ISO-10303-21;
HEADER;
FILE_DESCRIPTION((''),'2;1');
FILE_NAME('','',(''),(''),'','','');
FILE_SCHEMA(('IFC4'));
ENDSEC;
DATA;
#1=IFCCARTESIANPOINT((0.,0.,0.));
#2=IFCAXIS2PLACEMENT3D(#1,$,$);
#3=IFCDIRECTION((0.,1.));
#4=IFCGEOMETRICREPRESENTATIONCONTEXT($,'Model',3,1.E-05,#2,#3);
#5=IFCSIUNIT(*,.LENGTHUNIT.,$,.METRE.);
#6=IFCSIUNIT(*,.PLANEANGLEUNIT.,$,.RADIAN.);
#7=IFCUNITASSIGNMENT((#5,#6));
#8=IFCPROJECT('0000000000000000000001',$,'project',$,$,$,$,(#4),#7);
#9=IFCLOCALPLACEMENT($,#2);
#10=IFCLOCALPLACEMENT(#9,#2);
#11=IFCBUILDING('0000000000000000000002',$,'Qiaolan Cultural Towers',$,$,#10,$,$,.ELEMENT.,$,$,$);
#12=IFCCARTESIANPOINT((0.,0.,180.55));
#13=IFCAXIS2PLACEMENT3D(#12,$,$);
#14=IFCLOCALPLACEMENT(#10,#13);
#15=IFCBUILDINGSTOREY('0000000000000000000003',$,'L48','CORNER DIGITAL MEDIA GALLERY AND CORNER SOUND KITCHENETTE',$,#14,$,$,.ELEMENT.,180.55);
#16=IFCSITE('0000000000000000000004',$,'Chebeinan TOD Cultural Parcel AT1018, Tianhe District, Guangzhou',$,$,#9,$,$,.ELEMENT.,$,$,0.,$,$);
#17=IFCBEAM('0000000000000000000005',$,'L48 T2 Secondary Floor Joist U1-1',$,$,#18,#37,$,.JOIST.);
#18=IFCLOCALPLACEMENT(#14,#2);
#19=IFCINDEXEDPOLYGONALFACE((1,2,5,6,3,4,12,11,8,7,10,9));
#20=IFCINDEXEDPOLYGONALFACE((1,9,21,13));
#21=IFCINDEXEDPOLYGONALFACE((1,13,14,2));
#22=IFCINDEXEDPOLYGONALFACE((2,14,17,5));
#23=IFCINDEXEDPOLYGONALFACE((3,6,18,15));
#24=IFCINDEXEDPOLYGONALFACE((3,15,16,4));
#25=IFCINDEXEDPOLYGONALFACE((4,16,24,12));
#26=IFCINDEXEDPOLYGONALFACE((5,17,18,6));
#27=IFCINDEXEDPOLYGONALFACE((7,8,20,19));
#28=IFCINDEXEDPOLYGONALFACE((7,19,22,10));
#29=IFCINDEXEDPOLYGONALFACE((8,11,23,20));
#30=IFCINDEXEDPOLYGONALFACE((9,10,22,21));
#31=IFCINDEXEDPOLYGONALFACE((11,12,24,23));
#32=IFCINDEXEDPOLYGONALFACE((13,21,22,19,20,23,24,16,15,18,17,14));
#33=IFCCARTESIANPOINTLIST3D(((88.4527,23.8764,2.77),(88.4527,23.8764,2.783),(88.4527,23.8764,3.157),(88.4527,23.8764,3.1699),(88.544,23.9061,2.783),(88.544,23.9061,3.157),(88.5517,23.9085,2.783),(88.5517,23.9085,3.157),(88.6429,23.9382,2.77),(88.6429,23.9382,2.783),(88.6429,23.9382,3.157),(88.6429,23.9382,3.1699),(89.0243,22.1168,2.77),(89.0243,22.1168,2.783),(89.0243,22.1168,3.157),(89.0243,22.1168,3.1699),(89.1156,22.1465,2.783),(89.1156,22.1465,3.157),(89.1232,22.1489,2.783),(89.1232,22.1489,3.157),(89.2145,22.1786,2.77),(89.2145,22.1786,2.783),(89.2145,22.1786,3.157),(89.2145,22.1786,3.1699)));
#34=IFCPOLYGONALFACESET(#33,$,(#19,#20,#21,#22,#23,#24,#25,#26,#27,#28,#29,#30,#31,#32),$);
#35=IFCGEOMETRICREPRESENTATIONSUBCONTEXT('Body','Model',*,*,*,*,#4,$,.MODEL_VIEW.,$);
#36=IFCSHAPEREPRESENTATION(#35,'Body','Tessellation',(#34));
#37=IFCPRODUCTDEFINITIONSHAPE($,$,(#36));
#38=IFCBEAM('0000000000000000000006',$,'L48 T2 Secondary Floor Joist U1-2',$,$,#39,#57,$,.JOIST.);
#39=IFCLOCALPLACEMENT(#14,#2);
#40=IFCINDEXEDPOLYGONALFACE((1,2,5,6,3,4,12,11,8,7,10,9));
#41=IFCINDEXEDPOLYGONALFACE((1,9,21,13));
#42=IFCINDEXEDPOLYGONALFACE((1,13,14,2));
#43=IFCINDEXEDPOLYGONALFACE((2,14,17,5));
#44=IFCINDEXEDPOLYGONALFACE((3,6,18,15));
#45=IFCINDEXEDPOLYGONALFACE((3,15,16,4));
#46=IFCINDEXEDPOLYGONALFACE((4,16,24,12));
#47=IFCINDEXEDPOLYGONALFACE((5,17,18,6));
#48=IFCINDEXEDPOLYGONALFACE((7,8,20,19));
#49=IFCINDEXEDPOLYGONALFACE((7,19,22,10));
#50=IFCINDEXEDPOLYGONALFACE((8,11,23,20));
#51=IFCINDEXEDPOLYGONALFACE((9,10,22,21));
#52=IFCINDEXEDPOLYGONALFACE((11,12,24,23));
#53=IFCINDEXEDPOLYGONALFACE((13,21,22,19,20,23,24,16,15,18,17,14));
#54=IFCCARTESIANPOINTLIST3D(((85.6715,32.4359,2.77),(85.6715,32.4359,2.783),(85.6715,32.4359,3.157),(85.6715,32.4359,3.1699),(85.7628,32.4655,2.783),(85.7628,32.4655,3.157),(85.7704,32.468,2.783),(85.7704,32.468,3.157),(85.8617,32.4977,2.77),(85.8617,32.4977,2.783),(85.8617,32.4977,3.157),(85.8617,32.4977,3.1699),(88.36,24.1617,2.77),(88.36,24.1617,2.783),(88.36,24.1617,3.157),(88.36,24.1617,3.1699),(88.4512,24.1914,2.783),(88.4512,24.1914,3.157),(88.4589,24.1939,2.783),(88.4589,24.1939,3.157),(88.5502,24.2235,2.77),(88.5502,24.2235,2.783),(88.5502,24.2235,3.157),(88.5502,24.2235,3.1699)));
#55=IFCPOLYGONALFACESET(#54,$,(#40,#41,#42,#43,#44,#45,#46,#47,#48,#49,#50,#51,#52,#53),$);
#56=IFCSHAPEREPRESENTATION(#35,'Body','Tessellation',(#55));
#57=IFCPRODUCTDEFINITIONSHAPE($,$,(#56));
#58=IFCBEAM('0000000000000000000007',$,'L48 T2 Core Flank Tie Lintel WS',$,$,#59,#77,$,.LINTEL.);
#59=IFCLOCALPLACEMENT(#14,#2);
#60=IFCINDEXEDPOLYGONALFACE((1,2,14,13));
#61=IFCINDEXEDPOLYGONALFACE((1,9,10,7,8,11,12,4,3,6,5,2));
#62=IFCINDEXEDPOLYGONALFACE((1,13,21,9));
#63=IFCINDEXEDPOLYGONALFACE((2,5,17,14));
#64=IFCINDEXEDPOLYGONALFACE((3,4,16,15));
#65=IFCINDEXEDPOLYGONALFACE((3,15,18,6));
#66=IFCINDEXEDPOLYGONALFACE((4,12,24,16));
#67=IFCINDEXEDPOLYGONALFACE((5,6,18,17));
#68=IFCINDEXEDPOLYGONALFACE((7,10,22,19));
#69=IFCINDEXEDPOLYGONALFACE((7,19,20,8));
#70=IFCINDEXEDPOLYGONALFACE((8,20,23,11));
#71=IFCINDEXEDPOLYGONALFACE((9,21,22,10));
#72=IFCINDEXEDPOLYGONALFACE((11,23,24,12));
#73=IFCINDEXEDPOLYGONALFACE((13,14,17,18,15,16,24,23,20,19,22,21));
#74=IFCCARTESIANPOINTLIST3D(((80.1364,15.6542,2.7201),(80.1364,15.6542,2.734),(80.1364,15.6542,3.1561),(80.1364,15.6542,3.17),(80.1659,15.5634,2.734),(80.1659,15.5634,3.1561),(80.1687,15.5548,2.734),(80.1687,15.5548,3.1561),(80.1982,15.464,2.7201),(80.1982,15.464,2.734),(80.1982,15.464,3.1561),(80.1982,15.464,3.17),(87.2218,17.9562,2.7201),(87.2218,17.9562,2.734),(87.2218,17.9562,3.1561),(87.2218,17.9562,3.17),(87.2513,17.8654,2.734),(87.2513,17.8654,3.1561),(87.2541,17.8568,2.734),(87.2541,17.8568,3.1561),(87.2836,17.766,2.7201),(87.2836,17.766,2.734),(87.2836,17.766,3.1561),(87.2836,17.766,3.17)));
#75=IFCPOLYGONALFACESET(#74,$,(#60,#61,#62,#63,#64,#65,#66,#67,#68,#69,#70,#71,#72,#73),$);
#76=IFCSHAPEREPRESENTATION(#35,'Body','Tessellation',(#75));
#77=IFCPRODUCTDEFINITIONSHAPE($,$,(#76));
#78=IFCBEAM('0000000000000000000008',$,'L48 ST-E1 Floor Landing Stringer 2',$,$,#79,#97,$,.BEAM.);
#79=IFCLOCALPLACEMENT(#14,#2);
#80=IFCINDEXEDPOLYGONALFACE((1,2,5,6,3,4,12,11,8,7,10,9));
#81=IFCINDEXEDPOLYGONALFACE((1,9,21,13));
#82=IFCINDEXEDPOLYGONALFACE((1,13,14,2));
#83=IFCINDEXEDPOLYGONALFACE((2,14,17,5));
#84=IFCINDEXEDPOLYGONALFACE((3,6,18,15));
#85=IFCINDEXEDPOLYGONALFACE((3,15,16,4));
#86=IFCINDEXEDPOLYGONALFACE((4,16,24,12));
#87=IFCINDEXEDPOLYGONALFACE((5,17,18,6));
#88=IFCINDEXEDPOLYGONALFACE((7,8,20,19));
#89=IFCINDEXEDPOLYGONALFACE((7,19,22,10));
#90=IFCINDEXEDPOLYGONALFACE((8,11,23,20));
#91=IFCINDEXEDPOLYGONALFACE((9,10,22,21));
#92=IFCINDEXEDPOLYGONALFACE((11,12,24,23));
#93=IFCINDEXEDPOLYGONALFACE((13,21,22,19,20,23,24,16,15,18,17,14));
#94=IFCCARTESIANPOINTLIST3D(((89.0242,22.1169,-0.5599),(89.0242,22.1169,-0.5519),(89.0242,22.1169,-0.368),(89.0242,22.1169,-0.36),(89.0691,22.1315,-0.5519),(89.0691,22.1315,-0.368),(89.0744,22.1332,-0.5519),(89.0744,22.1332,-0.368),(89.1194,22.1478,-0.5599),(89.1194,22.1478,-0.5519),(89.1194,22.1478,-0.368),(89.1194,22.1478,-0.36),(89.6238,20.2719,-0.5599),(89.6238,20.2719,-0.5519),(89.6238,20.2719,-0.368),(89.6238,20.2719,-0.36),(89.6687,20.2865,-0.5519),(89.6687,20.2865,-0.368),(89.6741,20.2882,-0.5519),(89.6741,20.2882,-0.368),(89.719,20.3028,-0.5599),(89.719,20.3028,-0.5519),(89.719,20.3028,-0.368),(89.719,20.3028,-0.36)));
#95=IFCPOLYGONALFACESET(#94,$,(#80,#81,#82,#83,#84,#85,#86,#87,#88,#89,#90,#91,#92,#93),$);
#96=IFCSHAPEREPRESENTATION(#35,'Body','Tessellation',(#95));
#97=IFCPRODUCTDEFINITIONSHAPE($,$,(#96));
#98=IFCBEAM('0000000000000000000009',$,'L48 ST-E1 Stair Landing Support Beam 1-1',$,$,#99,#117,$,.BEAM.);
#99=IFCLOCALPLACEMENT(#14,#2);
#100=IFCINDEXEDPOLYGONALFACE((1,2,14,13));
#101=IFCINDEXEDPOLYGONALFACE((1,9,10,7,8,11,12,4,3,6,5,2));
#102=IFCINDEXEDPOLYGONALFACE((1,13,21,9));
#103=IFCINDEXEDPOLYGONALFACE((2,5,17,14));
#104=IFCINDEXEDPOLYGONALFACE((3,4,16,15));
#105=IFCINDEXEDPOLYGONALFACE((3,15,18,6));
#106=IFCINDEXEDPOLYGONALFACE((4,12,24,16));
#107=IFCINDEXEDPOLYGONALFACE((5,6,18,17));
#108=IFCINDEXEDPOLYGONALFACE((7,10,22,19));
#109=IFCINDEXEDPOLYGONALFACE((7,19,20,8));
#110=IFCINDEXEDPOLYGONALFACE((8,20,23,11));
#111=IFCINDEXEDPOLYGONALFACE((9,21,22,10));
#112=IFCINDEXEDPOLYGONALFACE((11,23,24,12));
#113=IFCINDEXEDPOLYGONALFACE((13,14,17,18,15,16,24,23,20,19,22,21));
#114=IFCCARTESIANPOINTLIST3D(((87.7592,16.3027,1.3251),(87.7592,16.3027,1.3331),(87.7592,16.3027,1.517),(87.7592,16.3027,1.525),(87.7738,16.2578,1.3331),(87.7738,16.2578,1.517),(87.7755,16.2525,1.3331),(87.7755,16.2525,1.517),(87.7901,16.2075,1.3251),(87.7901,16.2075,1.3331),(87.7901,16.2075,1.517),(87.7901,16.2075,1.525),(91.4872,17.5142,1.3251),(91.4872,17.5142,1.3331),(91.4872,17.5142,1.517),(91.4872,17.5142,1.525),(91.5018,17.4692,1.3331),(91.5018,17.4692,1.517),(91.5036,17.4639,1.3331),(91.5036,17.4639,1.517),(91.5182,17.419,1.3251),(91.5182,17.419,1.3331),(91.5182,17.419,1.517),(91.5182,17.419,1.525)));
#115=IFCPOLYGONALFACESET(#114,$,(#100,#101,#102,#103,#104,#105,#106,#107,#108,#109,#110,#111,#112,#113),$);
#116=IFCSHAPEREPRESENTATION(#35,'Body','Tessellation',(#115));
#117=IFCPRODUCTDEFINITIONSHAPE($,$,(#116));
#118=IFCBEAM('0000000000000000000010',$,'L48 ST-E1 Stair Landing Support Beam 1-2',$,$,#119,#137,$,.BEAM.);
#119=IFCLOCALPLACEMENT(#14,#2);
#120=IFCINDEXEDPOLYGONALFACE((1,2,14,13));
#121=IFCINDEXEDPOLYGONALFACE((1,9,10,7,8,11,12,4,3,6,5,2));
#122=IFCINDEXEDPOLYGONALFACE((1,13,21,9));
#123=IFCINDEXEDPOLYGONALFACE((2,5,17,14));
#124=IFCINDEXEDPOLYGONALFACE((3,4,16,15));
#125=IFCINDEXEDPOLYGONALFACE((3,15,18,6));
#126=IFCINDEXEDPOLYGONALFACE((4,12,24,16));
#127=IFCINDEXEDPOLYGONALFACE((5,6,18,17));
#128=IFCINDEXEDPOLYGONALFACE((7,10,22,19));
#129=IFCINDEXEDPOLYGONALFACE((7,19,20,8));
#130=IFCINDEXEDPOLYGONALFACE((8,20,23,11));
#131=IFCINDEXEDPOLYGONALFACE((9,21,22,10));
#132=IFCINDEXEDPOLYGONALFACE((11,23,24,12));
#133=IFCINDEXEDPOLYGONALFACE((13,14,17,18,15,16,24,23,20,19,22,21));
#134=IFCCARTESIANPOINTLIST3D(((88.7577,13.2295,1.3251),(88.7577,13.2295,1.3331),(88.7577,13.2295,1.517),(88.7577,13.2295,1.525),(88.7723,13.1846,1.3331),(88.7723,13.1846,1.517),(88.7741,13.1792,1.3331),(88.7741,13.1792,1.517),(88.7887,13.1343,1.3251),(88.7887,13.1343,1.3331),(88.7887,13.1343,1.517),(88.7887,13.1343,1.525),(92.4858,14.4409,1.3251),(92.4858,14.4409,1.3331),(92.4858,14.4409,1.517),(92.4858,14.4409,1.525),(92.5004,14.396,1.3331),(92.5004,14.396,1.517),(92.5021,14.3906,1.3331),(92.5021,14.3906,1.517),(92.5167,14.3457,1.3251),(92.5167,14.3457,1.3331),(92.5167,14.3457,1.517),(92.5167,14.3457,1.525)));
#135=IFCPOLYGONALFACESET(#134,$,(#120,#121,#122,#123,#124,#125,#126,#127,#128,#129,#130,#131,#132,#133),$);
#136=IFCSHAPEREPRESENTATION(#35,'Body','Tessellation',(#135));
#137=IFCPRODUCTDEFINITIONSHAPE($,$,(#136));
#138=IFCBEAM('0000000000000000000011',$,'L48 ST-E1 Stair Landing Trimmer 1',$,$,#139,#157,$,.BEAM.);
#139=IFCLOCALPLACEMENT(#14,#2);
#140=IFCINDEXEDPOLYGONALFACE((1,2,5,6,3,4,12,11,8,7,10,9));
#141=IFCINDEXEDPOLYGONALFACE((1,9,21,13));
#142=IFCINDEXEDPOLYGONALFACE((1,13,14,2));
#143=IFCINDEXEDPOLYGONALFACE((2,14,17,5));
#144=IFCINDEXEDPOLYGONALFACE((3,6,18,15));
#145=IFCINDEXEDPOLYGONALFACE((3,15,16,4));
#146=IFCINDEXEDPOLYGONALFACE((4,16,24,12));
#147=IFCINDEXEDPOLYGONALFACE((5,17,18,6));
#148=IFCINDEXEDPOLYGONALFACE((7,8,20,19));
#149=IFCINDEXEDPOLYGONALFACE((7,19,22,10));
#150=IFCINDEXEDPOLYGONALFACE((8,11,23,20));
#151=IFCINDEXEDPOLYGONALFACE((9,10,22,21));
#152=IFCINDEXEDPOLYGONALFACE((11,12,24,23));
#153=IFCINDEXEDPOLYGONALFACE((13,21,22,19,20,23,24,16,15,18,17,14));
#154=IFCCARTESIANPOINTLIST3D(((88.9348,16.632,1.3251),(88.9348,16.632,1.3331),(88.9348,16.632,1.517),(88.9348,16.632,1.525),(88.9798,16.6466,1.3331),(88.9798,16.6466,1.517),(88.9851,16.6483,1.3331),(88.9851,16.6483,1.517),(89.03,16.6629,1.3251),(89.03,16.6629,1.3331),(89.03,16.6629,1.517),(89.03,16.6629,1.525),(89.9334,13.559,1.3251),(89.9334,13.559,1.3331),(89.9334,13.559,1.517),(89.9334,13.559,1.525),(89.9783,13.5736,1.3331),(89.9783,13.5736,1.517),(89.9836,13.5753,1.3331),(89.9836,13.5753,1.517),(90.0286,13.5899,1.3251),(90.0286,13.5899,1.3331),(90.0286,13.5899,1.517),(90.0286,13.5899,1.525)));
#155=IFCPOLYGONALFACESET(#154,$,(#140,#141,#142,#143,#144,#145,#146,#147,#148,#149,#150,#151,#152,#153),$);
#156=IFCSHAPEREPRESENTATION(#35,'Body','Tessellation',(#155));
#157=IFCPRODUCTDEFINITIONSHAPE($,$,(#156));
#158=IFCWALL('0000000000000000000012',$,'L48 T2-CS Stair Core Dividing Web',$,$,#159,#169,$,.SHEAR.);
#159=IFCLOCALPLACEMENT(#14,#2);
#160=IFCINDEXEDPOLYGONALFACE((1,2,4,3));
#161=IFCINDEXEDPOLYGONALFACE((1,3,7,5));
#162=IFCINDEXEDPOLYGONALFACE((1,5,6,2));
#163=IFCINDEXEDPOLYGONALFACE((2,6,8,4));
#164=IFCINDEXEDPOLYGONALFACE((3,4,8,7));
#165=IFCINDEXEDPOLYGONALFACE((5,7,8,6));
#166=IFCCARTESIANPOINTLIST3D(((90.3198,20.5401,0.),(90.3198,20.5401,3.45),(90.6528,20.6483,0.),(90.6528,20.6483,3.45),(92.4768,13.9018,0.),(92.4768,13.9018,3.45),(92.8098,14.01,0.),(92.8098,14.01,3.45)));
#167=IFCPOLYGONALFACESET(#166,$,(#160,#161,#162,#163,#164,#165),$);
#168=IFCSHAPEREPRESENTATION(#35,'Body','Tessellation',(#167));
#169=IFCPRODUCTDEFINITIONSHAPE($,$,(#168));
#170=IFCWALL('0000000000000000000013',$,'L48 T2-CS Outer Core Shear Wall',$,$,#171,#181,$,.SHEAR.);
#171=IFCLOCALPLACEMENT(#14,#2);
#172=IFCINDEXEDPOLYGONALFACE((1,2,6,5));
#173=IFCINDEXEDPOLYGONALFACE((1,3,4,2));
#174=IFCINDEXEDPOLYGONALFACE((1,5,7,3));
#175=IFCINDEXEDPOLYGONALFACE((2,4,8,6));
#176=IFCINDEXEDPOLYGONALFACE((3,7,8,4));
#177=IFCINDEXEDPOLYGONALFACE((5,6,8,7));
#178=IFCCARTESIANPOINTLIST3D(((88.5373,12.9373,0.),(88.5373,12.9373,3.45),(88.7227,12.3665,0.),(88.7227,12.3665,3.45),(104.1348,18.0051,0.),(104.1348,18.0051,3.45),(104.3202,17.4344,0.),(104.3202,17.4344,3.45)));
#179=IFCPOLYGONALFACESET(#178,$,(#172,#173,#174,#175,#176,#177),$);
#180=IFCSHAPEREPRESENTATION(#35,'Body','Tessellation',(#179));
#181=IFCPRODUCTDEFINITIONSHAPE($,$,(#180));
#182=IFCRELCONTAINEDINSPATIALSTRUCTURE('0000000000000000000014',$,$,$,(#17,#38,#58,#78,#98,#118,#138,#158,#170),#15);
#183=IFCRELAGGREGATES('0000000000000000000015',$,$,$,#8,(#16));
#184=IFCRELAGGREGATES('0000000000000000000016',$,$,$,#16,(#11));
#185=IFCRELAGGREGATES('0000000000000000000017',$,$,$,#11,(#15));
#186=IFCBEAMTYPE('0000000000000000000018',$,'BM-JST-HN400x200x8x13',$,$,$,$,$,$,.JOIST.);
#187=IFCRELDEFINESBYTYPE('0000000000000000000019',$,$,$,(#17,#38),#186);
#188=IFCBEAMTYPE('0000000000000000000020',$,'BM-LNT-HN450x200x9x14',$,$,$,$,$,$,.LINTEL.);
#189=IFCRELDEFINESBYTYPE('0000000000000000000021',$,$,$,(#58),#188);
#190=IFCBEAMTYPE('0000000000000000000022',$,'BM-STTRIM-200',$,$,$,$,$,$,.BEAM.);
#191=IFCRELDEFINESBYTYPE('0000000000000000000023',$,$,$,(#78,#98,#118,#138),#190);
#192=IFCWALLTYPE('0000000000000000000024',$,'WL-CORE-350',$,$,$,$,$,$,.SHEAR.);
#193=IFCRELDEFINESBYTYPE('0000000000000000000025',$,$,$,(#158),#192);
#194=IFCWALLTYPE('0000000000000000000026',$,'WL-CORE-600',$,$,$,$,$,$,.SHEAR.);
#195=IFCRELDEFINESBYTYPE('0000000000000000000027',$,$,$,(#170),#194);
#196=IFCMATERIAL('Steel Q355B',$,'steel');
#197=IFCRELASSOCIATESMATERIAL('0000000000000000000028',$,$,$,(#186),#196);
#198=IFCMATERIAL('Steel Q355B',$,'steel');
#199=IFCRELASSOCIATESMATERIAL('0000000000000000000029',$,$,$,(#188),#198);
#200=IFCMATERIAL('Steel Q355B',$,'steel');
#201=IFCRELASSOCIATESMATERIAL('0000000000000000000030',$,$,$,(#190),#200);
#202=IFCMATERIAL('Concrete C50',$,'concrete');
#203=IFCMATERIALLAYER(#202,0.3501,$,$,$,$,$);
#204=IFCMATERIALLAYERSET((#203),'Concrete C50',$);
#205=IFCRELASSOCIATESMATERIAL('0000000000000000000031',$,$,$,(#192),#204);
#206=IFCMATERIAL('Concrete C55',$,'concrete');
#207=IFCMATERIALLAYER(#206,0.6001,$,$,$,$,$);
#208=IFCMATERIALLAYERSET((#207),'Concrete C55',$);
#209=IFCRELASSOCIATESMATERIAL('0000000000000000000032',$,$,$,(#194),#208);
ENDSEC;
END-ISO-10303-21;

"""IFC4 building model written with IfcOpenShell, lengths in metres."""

from ifc_helpers import new_model, si_unit, direction, frame, frame_2d, origin, origin_2d, place, context, subcontext, project, spatial, rectangle, i_section, extrude, material, layer, layer_set, material_profile, profile_set, type_object, element, save


model = new_model("IFC4")

# Units and contexts
model_context = context("Model", 3, precision=1e-05, world=origin(), true_north=direction((0.0, 1.0)))
body_context = subcontext(model_context, "Body", "Model", "MODEL_VIEW")
ifc_project = project(units=[si_unit("LENGTHUNIT", "METRE"), si_unit("PLANEANGLEUNIT", "RADIAN")], contexts=[model_context])

# Site, building, storey
site_placement = place(None, origin())
site = spatial("IfcSite", under=ifc_project, at=site_placement, Name="Chebeinan TOD Cultural Parcel AT1018, Tianhe District, Guangzhou", CompositionType="ELEMENT", RefElevation=0.0)
building_placement = place(site_placement, origin())
building = spatial("IfcBuilding", under=site, at=building_placement, Name="Qiaolan Cultural Towers", CompositionType="ELEMENT")
storey_placement = place(building_placement, frame((0.0, 0.0, 180.55)))
storey = spatial("IfcBuildingStorey", under=building, at=storey_placement, Name="L48", Description="CORNER DIGITAL MEDIA GALLERY AND CORNER SOUND KITCHENETTE", CompositionType="ELEMENT", Elevation=180.55)

# Beams
ifc_material_1 = material(Name="Steel Q355B", Category="steel")
ifc_material_profile_1 = material_profile(ifc_material_1, i_section(OverallWidth=0.2, OverallDepth=0.3999, WebThickness=0.0081, FlangeThickness=0.0129, at=origin_2d()), Name="HN400x200x8x13")
ifc_profile_set_1 = profile_set([ifc_material_profile_1], Name="Steel Q355B")
beam_type_1 = type_object("IfcBeamType", Name="BM-JST-HN400x200x8x13", PredefinedType="JOIST", material=ifc_profile_set_1)
beam_1_placement = place(storey_placement, frame((89.1194, 22.1477, 2.97), z_axis=(-0.308934, 0.951084, 0.0), x_axis=(-0.951084, -0.308934, 0.0)))
element("IfcBeam", 1, at=beam_1_placement, inside=storey, type_object=beam_type_1, Name="L48 T2 Secondary Floor Joist U1-1", PredefinedType="JOIST", context=body_context, shape_type="SweptSolid", body=[
    extrude(i_section(OverallWidth=0.2, OverallDepth=0.3999, WebThickness=0.0081, FlangeThickness=0.0129, at=origin_2d()), origin(), (0.0, 0.0, 1.0), 1.8501),
])
beam_2_placement = place(storey_placement, frame((88.4551, 24.1926, 2.97), z_axis=(-0.309021, 0.951055, 0.0), x_axis=(-0.951055, -0.309021, 0.0)))
element("IfcBeam", 2, at=beam_2_placement, inside=storey, type_object=beam_type_1, Name="L48 T2 Secondary Floor Joist U1-2", PredefinedType="JOIST", context=body_context, shape_type="SweptSolid", body=[
    extrude(i_section(OverallWidth=0.2, OverallDepth=0.3999, WebThickness=0.0081, FlangeThickness=0.0129, at=origin_2d()), origin(), (0.0, 0.0, 1.0), 8.7),
])
ifc_material_2 = material(Name="Steel Q355B", Category="steel")
ifc_material_profile_2 = material_profile(ifc_material_2, i_section(OverallWidth=0.2, OverallDepth=0.45, WebThickness=0.009, FlangeThickness=0.0139, at=origin_2d()), Name="HN450x200x9x14")
ifc_profile_set_2 = profile_set([ifc_material_profile_2], Name="Steel Q355B")
beam_type_2 = type_object("IfcBeamType", Name="BM-LNT-HN450x200x9x14", PredefinedType="LINTEL", material=ifc_profile_set_2)
beam_3_placement = place(storey_placement, frame((87.2527, 17.8611, 2.9451), z_axis=(-0.951064, -0.308993, 0.0), x_axis=(0.308993, -0.951064, 0.0)))
element("IfcBeam", 3, at=beam_3_placement, inside=storey, type_object=beam_type_2, Name="L48 T2 Core Flank Tie Lintel WS", PredefinedType="LINTEL", context=body_context, shape_type="SweptSolid", body=[
    extrude(i_section(OverallWidth=0.2, OverallDepth=0.45, WebThickness=0.009, FlangeThickness=0.0139, at=origin_2d()), origin(), (0.0, 0.0, 1.0), 7.45),
])
ifc_material_3 = material(Name="Steel Q355B", Category="steel")
ifc_material_profile_3 = material_profile(ifc_material_3, i_section(OverallWidth=0.1001, OverallDepth=0.2, WebThickness=0.0056, FlangeThickness=0.0081, at=origin_2d()), Name="HN200x100x5.5x8")
ifc_profile_set_3 = profile_set([ifc_material_profile_3], Name="Steel Q355B")
beam_type_3 = type_object("IfcBeamType", Name="BM-STTRIM-200", PredefinedType="BEAM", material=ifc_profile_set_3)
beam_4_placement = place(storey_placement, frame((89.0718, 22.1323, -0.46), z_axis=(0.309083, -0.951035, 0.0), x_axis=(0.951035, 0.309083, 0.0)))
element("IfcBeam", 4, at=beam_4_placement, inside=storey, type_object=beam_type_3, Name="L48 ST-E1 Floor Landing Stringer 2", PredefinedType="BEAM", context=body_context, shape_type="SweptSolid", body=[
    extrude(i_section(OverallWidth=0.1001, OverallDepth=0.2, WebThickness=0.0056, FlangeThickness=0.0081, at=origin_2d()), origin(), (0.0, 0.0, 1.0), 1.9399),
])
for number, where, z_axis, x_axis, name in (
    (5, (87.7747, 16.2551, 1.425), (0.951048, 0.309044, 0.0), (-0.309044, 0.951048, 0.0), "L48 ST-E1 Stair Landing Support Beam 1-1"),
    (6, (88.7732, 13.1819, 1.425), (0.951048, 0.309044, 0.0), (-0.309044, 0.951048, 0.0), "L48 ST-E1 Stair Landing Support Beam 1-2"),
):
    element("IfcBeam", number, at=place(storey_placement, frame(where, z_axis=z_axis, x_axis=x_axis)), inside=storey, type_object=beam_type_3, Name=name, PredefinedType="BEAM", context=body_context, shape_type="SweptSolid", body=[
        extrude(i_section(OverallWidth=0.1001, OverallDepth=0.2, WebThickness=0.0056, FlangeThickness=0.0081, at=origin_2d()), origin(), (0.0, 0.0, 1.0), 3.9199),
    ])
beam_5_placement = place(storey_placement, frame((88.9824, 16.6475, 1.425), z_axis=(0.309033, -0.951051, 0.0), x_axis=(0.951051, 0.309033, 0.0)))
element("IfcBeam", 7, at=beam_5_placement, inside=storey, type_object=beam_type_3, Name="L48 ST-E1 Stair Landing Trimmer 1", PredefinedType="BEAM", context=body_context, shape_type="SweptSolid", body=[
    extrude(i_section(OverallWidth=0.1001, OverallDepth=0.2, WebThickness=0.0056, FlangeThickness=0.0081, at=origin_2d()), origin(), (0.0, 0.0, 1.0), 3.2312),
])

# Walls
ifc_material_4 = material(Name="Concrete C50", Category="concrete")
ifc_layer_1 = layer(ifc_material_4, 0.3501)
ifc_layer_set_1 = layer_set([ifc_layer_1], Name="Concrete C50")
wall_type_1 = type_object("IfcWallType", Name="WL-CORE-350", PredefinedType="SHEAR", material=ifc_layer_set_1)
wall_1_placement = place(storey_placement, frame((90.4863, 20.5942, 0.0), z_axis=(0.0, 0.0, 1.0), x_axis=(0.30902, -0.951055, 0.0)))
element("IfcWall", 8, at=wall_1_placement, inside=storey, type_object=wall_type_1, Name="L48 T2-CS Stair Core Dividing Web", PredefinedType="SHEAR", context=body_context, shape_type="SweptSolid", body=[
    extrude(rectangle(XDim=6.98, YDim=0.3501, at=frame_2d((3.49, 0.0))), origin(), (0.0, 0.0, 1.0), 3.45),
])
ifc_material_5 = material(Name="Concrete C55", Category="concrete")
ifc_layer_2 = layer(ifc_material_5, 0.6001)
ifc_layer_set_2 = layer_set([ifc_layer_2], Name="Concrete C55")
wall_type_2 = type_object("IfcWallType", Name="WL-CORE-600", PredefinedType="SHEAR", material=ifc_layer_set_2)
wall_2_placement = place(storey_placement, frame((88.6299, 12.6519, 0.0), z_axis=(0.0, 0.0, 1.0), x_axis=(0.951057, 0.309015, 0.0)))
element("IfcWall", 9, at=wall_2_placement, inside=storey, type_object=wall_type_2, Name="L48 T2-CS Outer Core Shear Wall", PredefinedType="SHEAR", context=body_context, shape_type="SweptSolid", body=[
    extrude(rectangle(XDim=16.4001, YDim=0.6001, at=frame_2d((8.2002, 0.0))), origin(), (0.0, 0.0, 1.0), 3.45),
])

save(model, "model.ifc")
